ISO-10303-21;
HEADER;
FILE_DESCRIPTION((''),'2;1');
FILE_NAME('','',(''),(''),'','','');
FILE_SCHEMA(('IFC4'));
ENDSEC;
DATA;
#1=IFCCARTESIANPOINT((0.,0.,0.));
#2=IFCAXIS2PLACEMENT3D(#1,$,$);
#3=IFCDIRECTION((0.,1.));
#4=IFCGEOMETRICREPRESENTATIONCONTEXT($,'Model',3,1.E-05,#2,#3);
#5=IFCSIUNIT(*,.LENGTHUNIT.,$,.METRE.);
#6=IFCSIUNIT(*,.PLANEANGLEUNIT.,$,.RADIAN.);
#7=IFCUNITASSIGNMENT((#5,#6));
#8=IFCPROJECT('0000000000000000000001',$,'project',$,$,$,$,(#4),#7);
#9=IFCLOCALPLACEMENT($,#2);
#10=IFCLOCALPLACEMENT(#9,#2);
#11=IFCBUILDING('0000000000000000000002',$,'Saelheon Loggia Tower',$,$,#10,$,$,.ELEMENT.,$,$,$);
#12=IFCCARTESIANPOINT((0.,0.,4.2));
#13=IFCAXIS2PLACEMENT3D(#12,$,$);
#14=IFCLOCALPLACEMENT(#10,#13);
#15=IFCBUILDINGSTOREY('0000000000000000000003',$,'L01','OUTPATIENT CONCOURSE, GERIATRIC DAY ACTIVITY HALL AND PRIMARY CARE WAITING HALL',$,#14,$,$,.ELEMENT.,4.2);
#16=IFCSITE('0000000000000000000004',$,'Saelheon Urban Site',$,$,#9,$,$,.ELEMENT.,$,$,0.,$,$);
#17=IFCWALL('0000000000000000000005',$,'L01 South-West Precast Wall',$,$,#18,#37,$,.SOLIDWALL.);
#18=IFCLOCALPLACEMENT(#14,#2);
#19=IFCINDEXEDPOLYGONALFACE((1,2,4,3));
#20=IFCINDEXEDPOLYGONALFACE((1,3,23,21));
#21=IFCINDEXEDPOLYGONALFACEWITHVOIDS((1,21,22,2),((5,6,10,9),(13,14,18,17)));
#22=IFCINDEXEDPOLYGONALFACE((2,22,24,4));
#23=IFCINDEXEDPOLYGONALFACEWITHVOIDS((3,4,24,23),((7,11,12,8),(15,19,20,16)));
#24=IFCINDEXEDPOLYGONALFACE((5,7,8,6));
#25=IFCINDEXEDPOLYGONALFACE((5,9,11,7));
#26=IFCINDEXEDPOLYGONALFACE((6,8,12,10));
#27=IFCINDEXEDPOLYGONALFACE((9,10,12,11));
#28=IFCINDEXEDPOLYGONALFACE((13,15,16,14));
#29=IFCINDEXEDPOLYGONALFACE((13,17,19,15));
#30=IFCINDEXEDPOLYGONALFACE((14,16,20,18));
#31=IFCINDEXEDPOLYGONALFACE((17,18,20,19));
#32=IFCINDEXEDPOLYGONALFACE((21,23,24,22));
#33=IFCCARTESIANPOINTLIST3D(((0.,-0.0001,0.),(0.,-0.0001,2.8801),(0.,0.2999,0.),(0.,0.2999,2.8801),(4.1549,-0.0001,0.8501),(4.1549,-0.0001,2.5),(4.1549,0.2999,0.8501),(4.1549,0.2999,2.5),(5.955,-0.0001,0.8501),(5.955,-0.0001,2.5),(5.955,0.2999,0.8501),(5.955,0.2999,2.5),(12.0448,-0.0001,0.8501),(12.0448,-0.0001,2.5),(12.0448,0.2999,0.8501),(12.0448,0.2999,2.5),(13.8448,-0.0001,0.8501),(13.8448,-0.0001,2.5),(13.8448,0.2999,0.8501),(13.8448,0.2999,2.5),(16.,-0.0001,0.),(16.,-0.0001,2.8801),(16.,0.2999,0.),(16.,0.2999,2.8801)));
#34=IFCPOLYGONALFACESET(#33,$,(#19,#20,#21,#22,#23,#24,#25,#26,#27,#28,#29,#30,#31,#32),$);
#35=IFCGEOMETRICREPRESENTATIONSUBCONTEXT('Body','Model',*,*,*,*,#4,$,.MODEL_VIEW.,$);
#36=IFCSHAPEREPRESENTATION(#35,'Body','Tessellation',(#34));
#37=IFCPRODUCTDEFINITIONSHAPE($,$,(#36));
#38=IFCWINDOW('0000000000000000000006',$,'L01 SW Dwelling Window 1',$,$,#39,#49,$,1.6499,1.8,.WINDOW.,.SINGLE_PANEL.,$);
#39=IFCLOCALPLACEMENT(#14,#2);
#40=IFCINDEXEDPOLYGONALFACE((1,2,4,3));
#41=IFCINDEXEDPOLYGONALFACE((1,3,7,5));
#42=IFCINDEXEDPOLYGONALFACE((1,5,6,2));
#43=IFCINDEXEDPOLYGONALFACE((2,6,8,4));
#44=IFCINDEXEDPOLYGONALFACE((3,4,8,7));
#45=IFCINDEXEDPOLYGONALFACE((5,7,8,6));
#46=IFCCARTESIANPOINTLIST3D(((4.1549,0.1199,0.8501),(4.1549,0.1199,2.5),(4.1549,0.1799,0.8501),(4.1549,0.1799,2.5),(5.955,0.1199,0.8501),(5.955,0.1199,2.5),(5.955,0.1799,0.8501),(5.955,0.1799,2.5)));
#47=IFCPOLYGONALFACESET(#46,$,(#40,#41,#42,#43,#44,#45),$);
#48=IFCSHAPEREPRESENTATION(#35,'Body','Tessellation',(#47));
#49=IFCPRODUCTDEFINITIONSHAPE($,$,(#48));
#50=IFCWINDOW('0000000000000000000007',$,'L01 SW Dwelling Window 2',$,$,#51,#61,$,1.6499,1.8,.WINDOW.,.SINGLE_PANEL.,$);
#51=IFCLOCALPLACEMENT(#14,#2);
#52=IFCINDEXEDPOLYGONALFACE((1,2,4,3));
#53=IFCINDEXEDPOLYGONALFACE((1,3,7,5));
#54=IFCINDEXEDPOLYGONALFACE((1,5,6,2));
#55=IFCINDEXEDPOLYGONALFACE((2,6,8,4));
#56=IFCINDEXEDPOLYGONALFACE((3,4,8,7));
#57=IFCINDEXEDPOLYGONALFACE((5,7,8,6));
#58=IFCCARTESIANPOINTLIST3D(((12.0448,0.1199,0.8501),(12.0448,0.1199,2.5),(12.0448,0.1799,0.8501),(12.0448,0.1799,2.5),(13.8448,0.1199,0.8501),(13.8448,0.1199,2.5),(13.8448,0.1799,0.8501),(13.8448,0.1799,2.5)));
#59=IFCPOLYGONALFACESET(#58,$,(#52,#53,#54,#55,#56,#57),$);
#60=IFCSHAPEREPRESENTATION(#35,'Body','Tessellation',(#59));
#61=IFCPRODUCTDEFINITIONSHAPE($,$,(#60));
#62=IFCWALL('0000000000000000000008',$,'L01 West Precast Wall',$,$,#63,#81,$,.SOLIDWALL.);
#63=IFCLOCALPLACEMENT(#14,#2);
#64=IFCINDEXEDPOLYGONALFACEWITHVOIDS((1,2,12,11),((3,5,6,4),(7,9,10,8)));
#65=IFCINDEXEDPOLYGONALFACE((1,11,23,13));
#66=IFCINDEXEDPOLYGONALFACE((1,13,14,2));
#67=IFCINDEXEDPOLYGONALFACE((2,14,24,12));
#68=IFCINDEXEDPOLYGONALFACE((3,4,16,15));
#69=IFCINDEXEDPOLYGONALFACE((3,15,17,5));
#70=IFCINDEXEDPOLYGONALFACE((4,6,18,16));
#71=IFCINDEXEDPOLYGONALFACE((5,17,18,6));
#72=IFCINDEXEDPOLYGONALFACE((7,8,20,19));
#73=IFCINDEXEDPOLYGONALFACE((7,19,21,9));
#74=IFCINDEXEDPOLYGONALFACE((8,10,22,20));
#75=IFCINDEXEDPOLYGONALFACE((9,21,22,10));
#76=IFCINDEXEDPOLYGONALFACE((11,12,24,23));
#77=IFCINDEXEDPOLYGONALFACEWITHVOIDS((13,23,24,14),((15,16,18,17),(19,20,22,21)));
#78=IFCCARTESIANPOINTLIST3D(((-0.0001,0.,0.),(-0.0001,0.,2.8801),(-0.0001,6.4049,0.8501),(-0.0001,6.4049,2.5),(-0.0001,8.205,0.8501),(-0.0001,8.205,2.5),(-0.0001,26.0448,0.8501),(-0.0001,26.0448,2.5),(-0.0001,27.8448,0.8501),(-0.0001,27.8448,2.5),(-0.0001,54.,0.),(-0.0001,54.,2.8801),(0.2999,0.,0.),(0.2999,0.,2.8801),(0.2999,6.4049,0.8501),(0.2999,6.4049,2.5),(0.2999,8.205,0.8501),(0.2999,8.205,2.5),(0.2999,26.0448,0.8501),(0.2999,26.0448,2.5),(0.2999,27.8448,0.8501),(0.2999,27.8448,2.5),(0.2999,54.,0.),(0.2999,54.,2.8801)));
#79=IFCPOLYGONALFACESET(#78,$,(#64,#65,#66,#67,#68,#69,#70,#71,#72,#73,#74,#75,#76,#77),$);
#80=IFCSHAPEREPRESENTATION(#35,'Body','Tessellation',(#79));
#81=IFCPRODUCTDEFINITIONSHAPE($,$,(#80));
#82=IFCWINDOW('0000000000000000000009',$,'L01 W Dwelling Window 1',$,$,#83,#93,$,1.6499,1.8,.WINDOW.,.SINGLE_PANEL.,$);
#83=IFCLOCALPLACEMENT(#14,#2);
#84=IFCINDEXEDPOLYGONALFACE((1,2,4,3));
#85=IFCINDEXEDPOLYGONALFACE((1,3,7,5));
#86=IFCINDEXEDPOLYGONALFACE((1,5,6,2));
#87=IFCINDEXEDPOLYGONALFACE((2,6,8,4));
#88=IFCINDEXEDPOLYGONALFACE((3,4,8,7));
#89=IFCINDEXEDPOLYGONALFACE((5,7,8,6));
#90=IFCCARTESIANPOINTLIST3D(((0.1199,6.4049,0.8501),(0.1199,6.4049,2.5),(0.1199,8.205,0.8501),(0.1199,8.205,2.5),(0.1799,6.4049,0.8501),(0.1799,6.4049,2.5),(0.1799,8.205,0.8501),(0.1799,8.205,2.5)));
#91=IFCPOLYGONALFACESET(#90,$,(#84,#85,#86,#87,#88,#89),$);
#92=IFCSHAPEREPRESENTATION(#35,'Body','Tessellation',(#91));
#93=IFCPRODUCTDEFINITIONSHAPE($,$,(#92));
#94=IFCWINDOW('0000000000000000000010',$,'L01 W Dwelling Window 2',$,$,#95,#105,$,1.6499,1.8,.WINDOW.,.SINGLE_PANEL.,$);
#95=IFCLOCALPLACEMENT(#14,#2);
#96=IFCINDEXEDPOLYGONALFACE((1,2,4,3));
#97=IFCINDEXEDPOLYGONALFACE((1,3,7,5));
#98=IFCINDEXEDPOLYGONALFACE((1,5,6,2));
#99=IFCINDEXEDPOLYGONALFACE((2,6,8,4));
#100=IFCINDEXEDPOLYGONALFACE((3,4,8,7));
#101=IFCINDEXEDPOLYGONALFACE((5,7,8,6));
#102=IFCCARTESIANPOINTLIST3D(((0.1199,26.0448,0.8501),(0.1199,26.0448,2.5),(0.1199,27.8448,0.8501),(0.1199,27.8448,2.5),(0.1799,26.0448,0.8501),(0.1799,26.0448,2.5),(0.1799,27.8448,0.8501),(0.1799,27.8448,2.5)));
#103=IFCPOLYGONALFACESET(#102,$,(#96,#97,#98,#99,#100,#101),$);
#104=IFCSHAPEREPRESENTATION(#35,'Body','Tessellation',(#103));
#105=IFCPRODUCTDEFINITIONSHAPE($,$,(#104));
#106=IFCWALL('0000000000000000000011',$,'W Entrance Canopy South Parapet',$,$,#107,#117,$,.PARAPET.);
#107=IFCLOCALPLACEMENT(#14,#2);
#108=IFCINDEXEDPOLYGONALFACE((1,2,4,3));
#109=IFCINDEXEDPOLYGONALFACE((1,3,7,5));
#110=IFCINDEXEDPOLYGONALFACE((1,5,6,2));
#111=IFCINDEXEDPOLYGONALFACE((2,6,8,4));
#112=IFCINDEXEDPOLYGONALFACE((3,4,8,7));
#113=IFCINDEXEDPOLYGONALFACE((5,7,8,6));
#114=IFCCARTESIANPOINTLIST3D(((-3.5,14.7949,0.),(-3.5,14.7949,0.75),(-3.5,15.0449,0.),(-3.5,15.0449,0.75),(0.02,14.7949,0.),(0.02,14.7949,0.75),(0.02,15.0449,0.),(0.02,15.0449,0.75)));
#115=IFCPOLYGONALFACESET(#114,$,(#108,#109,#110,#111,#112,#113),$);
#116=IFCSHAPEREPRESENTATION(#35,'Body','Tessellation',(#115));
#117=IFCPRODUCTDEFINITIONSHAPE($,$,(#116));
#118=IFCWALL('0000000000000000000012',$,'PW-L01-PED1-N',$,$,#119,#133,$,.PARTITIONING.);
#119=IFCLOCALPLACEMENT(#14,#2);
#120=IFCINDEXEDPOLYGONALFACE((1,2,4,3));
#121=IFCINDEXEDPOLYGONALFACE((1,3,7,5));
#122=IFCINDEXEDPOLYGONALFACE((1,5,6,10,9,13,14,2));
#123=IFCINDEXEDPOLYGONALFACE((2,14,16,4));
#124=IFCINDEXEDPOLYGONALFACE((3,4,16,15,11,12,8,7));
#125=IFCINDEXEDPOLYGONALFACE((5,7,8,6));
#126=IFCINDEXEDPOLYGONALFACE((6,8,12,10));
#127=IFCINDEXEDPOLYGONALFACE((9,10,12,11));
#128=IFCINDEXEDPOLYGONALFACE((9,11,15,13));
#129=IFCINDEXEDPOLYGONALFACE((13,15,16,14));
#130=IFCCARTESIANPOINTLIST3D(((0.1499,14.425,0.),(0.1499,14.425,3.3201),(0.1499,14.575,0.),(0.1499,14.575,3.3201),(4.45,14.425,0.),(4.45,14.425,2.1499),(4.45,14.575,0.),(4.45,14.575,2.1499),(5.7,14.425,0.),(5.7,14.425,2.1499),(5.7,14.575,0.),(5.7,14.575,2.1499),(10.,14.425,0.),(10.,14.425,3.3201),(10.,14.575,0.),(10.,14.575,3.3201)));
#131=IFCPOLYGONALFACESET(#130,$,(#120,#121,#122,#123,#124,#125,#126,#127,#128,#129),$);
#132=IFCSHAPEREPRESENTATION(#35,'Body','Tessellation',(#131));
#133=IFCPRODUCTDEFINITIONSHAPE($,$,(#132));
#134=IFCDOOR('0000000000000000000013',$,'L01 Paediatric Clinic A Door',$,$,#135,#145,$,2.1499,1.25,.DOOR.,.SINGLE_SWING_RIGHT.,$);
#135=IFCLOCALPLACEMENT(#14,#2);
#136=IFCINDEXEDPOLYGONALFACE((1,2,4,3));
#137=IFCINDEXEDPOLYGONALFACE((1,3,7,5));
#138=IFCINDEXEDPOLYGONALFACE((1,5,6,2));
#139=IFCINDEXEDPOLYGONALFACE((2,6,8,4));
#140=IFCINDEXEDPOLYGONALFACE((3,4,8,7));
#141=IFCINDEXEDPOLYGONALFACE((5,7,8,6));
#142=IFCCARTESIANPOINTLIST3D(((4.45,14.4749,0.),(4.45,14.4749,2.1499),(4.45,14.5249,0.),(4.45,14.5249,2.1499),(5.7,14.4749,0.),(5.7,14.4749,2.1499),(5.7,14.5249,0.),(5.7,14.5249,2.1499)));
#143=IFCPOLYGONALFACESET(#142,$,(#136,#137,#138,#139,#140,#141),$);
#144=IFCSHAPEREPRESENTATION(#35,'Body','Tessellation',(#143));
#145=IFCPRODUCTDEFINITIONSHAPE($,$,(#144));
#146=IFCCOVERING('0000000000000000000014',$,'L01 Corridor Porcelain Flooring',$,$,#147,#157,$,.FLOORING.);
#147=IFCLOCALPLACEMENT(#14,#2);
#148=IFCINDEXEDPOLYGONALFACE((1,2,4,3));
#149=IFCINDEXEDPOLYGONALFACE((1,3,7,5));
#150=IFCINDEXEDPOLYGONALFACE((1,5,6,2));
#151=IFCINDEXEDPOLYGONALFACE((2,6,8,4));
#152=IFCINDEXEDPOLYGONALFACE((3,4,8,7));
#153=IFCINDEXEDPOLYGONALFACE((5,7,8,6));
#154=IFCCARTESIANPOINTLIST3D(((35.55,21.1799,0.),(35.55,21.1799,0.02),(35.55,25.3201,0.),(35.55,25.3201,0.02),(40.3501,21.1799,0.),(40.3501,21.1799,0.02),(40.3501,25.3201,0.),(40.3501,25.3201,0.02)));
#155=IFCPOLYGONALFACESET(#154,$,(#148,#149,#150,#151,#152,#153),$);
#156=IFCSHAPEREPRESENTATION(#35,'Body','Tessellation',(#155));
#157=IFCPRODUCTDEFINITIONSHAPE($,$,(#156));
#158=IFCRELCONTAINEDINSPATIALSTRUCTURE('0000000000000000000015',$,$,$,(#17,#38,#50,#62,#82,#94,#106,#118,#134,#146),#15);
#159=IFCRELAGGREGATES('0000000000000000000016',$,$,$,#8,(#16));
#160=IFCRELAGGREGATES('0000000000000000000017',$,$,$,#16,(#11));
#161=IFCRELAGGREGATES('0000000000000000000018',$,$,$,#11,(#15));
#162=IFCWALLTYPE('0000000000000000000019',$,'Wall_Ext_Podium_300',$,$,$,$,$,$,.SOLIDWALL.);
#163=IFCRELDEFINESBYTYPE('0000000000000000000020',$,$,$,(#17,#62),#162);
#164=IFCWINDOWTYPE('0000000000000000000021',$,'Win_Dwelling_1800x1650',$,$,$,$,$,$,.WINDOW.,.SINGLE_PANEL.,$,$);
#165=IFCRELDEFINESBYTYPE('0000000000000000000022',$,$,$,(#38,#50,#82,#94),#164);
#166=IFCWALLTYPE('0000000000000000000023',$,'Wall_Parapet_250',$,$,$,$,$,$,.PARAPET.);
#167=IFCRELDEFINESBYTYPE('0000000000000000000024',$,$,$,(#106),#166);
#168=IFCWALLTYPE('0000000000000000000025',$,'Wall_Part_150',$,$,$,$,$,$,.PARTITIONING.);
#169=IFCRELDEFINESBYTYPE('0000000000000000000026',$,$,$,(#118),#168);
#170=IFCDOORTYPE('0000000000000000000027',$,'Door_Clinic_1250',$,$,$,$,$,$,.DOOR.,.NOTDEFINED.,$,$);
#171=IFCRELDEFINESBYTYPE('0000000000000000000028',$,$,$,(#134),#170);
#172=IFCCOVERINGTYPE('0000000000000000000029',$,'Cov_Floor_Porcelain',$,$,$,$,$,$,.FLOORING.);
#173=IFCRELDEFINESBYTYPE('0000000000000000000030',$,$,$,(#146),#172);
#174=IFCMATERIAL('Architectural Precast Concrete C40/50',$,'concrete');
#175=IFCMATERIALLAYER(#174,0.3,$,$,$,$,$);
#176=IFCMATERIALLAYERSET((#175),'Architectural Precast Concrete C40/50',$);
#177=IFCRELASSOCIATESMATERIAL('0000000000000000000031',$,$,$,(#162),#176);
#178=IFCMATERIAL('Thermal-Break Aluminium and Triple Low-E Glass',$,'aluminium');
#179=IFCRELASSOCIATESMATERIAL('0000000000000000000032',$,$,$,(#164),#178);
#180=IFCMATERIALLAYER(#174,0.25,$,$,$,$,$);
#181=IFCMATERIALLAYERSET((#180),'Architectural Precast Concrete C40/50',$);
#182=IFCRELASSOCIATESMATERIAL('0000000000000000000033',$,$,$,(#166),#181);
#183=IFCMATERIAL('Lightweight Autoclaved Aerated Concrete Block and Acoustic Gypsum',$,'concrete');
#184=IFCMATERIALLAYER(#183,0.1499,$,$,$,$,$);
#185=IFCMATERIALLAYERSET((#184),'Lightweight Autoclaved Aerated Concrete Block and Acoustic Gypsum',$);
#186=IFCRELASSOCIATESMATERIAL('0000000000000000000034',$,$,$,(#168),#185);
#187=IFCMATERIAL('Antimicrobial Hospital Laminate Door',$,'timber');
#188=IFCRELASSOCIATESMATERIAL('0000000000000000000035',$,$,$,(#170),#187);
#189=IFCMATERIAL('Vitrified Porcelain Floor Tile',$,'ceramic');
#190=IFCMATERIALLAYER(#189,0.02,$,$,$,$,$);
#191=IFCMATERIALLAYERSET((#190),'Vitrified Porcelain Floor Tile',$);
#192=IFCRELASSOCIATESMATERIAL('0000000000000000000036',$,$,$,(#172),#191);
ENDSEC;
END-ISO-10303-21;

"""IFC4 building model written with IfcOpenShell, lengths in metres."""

from ifc_helpers import new_model, si_unit, direction, frame, frame_2d, origin, place, context, subcontext, project, spatial, polyline, rectangle, outline, extrude, source, transform, mapped, material, layer, layer_set, type_object, element, fill, save


model = new_model("IFC4")

# Units and contexts
model_context = context("Model", 3, precision=1e-05, world=origin(), true_north=direction((0.0, 1.0)))
body_context = subcontext(model_context, "Body", "Model", "MODEL_VIEW")
ifc_project = project(units=[si_unit("LENGTHUNIT", "METRE"), si_unit("PLANEANGLEUNIT", "RADIAN")], contexts=[model_context])

# Site, building, storey
site_placement = place(None, origin())
site = spatial("IfcSite", under=ifc_project, at=site_placement, Name="Saelheon Urban Site", CompositionType="ELEMENT", RefElevation=0.0)
building_placement = place(site_placement, origin())
building = spatial("IfcBuilding", under=site, at=building_placement, Name="Saelheon Loggia Tower", CompositionType="ELEMENT")
storey_placement = place(building_placement, frame((0.0, 0.0, 4.2)))
storey = spatial("IfcBuildingStorey", under=building, at=storey_placement, Name="L01", Description="OUTPATIENT CONCOURSE, GERIATRIC DAY ACTIVITY HALL AND PRIMARY CARE WAITING HALL", CompositionType="ELEMENT", Elevation=4.2)

# Walls, openings, windows
ifc_material_1 = material(Name="Architectural Precast Concrete C40/50", Category="concrete")
ifc_layer_1 = layer(ifc_material_1, 0.3)
ifc_layer_set_1 = layer_set([ifc_layer_1], Name="Architectural Precast Concrete C40/50")
wall_type_1 = type_object("IfcWallType", Name="Wall_Ext_Podium_300", PredefinedType="SOLIDWALL", material=ifc_layer_set_1)
wall_1_placement = place(storey_placement, frame((0.0, 0.1499, 0.0), z_axis=(0.0, 0.0, 1.0), x_axis=(1.0, 0.0, 0.0)))
wall_1 = element("IfcWall", 1, at=wall_1_placement, inside=storey, type_object=wall_type_1, Name="L01 South-West Precast Wall", PredefinedType="SOLIDWALL", context=body_context, shape_type="SweptSolid", body=[
    extrude(rectangle(XDim=16.0, YDim=0.3, at=frame_2d((8.0, 0.0))), origin(), (0.0, 0.0, 1.0), 2.8801),
])
opening_1_placement = place(wall_1_placement, frame((4.155, 0.0, 0.8501)))
opening_1 = element("IfcOpeningElement", 2, at=opening_1_placement, cuts=wall_1, PredefinedType="OPENING", context=body_context, shape_type="SweptSolid", body=[
    extrude(rectangle(XDim=1.8, YDim=1.6499, at=frame_2d((0.8999, 0.825))), frame((0.0, 0.1621, 0.0), z_axis=(0.0, -1.0, 0.0), x_axis=(1.0, 0.0, 0.0)), (0.0, 0.0, 1.0), 0.324),
])
opening_2_placement = place(wall_1_placement, frame((12.0449, 0.0, 0.8501)))
opening_2 = element("IfcOpeningElement", 3, at=opening_2_placement, cuts=wall_1, PredefinedType="OPENING", context=body_context, shape_type="SweptSolid", body=[
    extrude(rectangle(XDim=1.8, YDim=1.6499, at=frame_2d((0.8999, 0.825))), frame((0.0, 0.1621, 0.0), z_axis=(0.0, -1.0, 0.0), x_axis=(1.0, 0.0, 0.0)), (0.0, 0.0, 1.0), 0.324),
])
ifc_material_2 = material(Name="Thermal-Break Aluminium and Triple Low-E Glass", Category="aluminium")
window_type = type_object("IfcWindowType", Name="Win_Dwelling_1800x1650", PartitioningType="SINGLE_PANEL", PredefinedType="WINDOW", material=ifc_material_2)
shared_shape_1 = source(origin(), body_context, "Body", "SweptSolid", [
    extrude(rectangle(XDim=1.8, YDim=1.6499, at=frame_2d((0.8999, 0.825))), frame((0.0, 0.03, 0.0), z_axis=(0.0, -1.0, 0.0), x_axis=(1.0, 0.0, 0.0)), (0.0, 0.0, 1.0), 0.0601),
])
window_1_placement = place(opening_1_placement, origin())
window_1 = element("IfcWindow", 4, at=window_1_placement, inside=storey, type_object=window_type, Name="L01 SW Dwelling Window 1", OverallHeight=1.6499, OverallWidth=1.8, PartitioningType="SINGLE_PANEL", PredefinedType="WINDOW", context=body_context, shape_type="MappedRepresentation", body=[
    mapped(shared_shape_1, transform((0.0, 0.0, 0.0), scale=1.0)),
])
fill(opening_1, window_1)
window_2_placement = place(opening_2_placement, origin())
window_2 = element("IfcWindow", 5, at=window_2_placement, inside=storey, type_object=window_type, Name="L01 SW Dwelling Window 2", OverallHeight=1.6499, OverallWidth=1.8, PartitioningType="SINGLE_PANEL", PredefinedType="WINDOW", context=body_context, shape_type="MappedRepresentation", body=[
    mapped(shared_shape_1, transform((0.0, 0.0, 0.0), scale=1.0)),
])
fill(opening_2, window_2)
wall_2_placement = place(storey_placement, frame((0.1499, 0.0, 0.0), z_axis=(0.0, 0.0, 1.0), x_axis=(0.0, 1.0, 0.0)))
wall_2 = element("IfcWall", 6, at=wall_2_placement, inside=storey, type_object=wall_type_1, Name="L01 West Precast Wall", PredefinedType="SOLIDWALL", context=body_context, shape_type="SweptSolid", body=[
    extrude(rectangle(XDim=54.0, YDim=0.3, at=frame_2d((27.0, 0.0))), origin(), (0.0, 0.0, 1.0), 2.8801),
])
opening_3_placement = place(wall_2_placement, frame((6.405, 0.0, 0.8501)))
opening_3 = element("IfcOpeningElement", 7, at=opening_3_placement, cuts=wall_2, PredefinedType="OPENING", context=body_context, shape_type="SweptSolid", body=[
    extrude(rectangle(XDim=1.8, YDim=1.6499, at=frame_2d((0.8999, 0.825))), frame((0.0, 0.1621, 0.0), z_axis=(0.0, -1.0, 0.0), x_axis=(1.0, 0.0, 0.0)), (0.0, 0.0, 1.0), 0.324),
])
opening_4_placement = place(wall_2_placement, frame((26.0449, 0.0, 0.8501)))
opening_4 = element("IfcOpeningElement", 8, at=opening_4_placement, cuts=wall_2, PredefinedType="OPENING", context=body_context, shape_type="SweptSolid", body=[
    extrude(rectangle(XDim=1.8, YDim=1.6499, at=frame_2d((0.8999, 0.825))), frame((0.0, 0.1621, 0.0), z_axis=(0.0, -1.0, 0.0), x_axis=(1.0, 0.0, 0.0)), (0.0, 0.0, 1.0), 0.324),
])
window_3_placement = place(opening_3_placement, origin())
window_3 = element("IfcWindow", 9, at=window_3_placement, inside=storey, type_object=window_type, Name="L01 W Dwelling Window 1", OverallHeight=1.6499, OverallWidth=1.8, PartitioningType="SINGLE_PANEL", PredefinedType="WINDOW", context=body_context, shape_type="MappedRepresentation", body=[
    mapped(shared_shape_1, transform((0.0, 0.0, 0.0), scale=1.0)),
])
fill(opening_3, window_3)
window_4_placement = place(opening_4_placement, origin())
window_4 = element("IfcWindow", 10, at=window_4_placement, inside=storey, type_object=window_type, Name="L01 W Dwelling Window 2", OverallHeight=1.6499, OverallWidth=1.8, PartitioningType="SINGLE_PANEL", PredefinedType="WINDOW", context=body_context, shape_type="MappedRepresentation", body=[
    mapped(shared_shape_1, transform((0.0, 0.0, 0.0), scale=1.0)),
])
fill(opening_4, window_4)

# Wall
ifc_layer_2 = layer(ifc_material_1, 0.25)
ifc_layer_set_2 = layer_set([ifc_layer_2], Name="Architectural Precast Concrete C40/50")
wall_type_2 = type_object("IfcWallType", Name="Wall_Parapet_250", PredefinedType="PARAPET", material=ifc_layer_set_2)
wall_3_placement = place(storey_placement, frame((-3.5, 14.9199, 0.0), z_axis=(0.0, 0.0, 1.0), x_axis=(1.0, 0.0, 0.0)))
element("IfcWall", 11, at=wall_3_placement, inside=storey, type_object=wall_type_2, Name="W Entrance Canopy South Parapet", PredefinedType="PARAPET", context=body_context, shape_type="SweptSolid", body=[
    extrude(rectangle(XDim=3.52, YDim=0.25, at=frame_2d((1.76, 0.0))), origin(), (0.0, 0.0, 1.0), 0.75),
])

# Wall, opening, door
ifc_material_3 = material(Name="Lightweight Autoclaved Aerated Concrete Block and Acoustic Gypsum", Category="concrete")
ifc_layer_3 = layer(ifc_material_3, 0.1499)
ifc_layer_set_3 = layer_set([ifc_layer_3], Name="Lightweight Autoclaved Aerated Concrete Block and Acoustic Gypsum")
wall_type_3 = type_object("IfcWallType", Name="Wall_Part_150", PredefinedType="PARTITIONING", material=ifc_layer_set_3)
wall_4_placement = place(storey_placement, frame((0.1499, 14.5, 0.0), z_axis=(0.0, 0.0, 1.0), x_axis=(1.0, 0.0, 0.0)))
wall_4 = element("IfcWall", 12, at=wall_4_placement, inside=storey, type_object=wall_type_3, Name="PW-L01-PED1-N", PredefinedType="PARTITIONING", context=body_context, shape_type="SweptSolid", body=[
    extrude(rectangle(XDim=9.8501, YDim=0.1499, at=frame_2d((4.925, 0.0))), origin(), (0.0, 0.0, 1.0), 3.3201),
])
opening_5_placement = place(wall_4_placement, frame((4.3, 0.0, 0.0)))
opening_5 = element("IfcOpeningElement", 13, at=opening_5_placement, cuts=wall_4, PredefinedType="OPENING", context=body_context, shape_type="SweptSolid", body=[
    extrude(rectangle(XDim=1.25, YDim=2.1499, at=frame_2d((0.625, 1.075))), frame((0.0, 0.0869, 0.0), z_axis=(0.0, -1.0, 0.0), x_axis=(1.0, 0.0, 0.0)), (0.0, 0.0, 1.0), 0.1738),
])
ifc_material_4 = material(Name="Antimicrobial Hospital Laminate Door", Category="timber")
door_type = type_object("IfcDoorType", Name="Door_Clinic_1250", OperationType="NOTDEFINED", PredefinedType="DOOR", material=ifc_material_4)
shared_shape_2 = source(origin(), body_context, "Body", "SweptSolid", [
    extrude(rectangle(XDim=1.25, YDim=2.1499, at=frame_2d((0.625, 1.075))), frame((0.0, 0.0249, 0.0), z_axis=(0.0, -1.0, 0.0), x_axis=(1.0, 0.0, 0.0)), (0.0, 0.0, 1.0), 0.05),
])
door_placement = place(opening_5_placement, origin())
door = element("IfcDoor", 14, at=door_placement, inside=storey, type_object=door_type, Name="L01 Paediatric Clinic A Door", OperationType="SINGLE_SWING_RIGHT", OverallHeight=2.1499, OverallWidth=1.25, PredefinedType="DOOR", context=body_context, shape_type="MappedRepresentation", body=[
    mapped(shared_shape_2, transform((0.0, 0.0, 0.0), scale=1.0)),
])
fill(opening_5, door)

# Covering
ifc_material_5 = material(Name="Vitrified Porcelain Floor Tile", Category="ceramic")
ifc_layer_4 = layer(ifc_material_5, 0.02)
ifc_layer_set_4 = layer_set([ifc_layer_4], Name="Vitrified Porcelain Floor Tile")
covering_type = type_object("IfcCoveringType", Name="Cov_Floor_Porcelain", PredefinedType="FLOORING", material=ifc_layer_set_4)
covering_1_placement = place(storey_placement, origin())
element("IfcCovering", 15, at=covering_1_placement, inside=storey, type_object=covering_type, Name="L01 Corridor Porcelain Flooring", PredefinedType="FLOORING", context=body_context, shape_type="SweptSolid", body=[
    extrude(outline(polyline([(35.55, 21.1799), (40.3501, 21.1799), (40.3501, 25.3201), (35.55, 25.3201), (35.55, 21.1799)])), origin(), (0.0, 0.0, 1.0), 0.02),
])

save(model, "model.ifc")
